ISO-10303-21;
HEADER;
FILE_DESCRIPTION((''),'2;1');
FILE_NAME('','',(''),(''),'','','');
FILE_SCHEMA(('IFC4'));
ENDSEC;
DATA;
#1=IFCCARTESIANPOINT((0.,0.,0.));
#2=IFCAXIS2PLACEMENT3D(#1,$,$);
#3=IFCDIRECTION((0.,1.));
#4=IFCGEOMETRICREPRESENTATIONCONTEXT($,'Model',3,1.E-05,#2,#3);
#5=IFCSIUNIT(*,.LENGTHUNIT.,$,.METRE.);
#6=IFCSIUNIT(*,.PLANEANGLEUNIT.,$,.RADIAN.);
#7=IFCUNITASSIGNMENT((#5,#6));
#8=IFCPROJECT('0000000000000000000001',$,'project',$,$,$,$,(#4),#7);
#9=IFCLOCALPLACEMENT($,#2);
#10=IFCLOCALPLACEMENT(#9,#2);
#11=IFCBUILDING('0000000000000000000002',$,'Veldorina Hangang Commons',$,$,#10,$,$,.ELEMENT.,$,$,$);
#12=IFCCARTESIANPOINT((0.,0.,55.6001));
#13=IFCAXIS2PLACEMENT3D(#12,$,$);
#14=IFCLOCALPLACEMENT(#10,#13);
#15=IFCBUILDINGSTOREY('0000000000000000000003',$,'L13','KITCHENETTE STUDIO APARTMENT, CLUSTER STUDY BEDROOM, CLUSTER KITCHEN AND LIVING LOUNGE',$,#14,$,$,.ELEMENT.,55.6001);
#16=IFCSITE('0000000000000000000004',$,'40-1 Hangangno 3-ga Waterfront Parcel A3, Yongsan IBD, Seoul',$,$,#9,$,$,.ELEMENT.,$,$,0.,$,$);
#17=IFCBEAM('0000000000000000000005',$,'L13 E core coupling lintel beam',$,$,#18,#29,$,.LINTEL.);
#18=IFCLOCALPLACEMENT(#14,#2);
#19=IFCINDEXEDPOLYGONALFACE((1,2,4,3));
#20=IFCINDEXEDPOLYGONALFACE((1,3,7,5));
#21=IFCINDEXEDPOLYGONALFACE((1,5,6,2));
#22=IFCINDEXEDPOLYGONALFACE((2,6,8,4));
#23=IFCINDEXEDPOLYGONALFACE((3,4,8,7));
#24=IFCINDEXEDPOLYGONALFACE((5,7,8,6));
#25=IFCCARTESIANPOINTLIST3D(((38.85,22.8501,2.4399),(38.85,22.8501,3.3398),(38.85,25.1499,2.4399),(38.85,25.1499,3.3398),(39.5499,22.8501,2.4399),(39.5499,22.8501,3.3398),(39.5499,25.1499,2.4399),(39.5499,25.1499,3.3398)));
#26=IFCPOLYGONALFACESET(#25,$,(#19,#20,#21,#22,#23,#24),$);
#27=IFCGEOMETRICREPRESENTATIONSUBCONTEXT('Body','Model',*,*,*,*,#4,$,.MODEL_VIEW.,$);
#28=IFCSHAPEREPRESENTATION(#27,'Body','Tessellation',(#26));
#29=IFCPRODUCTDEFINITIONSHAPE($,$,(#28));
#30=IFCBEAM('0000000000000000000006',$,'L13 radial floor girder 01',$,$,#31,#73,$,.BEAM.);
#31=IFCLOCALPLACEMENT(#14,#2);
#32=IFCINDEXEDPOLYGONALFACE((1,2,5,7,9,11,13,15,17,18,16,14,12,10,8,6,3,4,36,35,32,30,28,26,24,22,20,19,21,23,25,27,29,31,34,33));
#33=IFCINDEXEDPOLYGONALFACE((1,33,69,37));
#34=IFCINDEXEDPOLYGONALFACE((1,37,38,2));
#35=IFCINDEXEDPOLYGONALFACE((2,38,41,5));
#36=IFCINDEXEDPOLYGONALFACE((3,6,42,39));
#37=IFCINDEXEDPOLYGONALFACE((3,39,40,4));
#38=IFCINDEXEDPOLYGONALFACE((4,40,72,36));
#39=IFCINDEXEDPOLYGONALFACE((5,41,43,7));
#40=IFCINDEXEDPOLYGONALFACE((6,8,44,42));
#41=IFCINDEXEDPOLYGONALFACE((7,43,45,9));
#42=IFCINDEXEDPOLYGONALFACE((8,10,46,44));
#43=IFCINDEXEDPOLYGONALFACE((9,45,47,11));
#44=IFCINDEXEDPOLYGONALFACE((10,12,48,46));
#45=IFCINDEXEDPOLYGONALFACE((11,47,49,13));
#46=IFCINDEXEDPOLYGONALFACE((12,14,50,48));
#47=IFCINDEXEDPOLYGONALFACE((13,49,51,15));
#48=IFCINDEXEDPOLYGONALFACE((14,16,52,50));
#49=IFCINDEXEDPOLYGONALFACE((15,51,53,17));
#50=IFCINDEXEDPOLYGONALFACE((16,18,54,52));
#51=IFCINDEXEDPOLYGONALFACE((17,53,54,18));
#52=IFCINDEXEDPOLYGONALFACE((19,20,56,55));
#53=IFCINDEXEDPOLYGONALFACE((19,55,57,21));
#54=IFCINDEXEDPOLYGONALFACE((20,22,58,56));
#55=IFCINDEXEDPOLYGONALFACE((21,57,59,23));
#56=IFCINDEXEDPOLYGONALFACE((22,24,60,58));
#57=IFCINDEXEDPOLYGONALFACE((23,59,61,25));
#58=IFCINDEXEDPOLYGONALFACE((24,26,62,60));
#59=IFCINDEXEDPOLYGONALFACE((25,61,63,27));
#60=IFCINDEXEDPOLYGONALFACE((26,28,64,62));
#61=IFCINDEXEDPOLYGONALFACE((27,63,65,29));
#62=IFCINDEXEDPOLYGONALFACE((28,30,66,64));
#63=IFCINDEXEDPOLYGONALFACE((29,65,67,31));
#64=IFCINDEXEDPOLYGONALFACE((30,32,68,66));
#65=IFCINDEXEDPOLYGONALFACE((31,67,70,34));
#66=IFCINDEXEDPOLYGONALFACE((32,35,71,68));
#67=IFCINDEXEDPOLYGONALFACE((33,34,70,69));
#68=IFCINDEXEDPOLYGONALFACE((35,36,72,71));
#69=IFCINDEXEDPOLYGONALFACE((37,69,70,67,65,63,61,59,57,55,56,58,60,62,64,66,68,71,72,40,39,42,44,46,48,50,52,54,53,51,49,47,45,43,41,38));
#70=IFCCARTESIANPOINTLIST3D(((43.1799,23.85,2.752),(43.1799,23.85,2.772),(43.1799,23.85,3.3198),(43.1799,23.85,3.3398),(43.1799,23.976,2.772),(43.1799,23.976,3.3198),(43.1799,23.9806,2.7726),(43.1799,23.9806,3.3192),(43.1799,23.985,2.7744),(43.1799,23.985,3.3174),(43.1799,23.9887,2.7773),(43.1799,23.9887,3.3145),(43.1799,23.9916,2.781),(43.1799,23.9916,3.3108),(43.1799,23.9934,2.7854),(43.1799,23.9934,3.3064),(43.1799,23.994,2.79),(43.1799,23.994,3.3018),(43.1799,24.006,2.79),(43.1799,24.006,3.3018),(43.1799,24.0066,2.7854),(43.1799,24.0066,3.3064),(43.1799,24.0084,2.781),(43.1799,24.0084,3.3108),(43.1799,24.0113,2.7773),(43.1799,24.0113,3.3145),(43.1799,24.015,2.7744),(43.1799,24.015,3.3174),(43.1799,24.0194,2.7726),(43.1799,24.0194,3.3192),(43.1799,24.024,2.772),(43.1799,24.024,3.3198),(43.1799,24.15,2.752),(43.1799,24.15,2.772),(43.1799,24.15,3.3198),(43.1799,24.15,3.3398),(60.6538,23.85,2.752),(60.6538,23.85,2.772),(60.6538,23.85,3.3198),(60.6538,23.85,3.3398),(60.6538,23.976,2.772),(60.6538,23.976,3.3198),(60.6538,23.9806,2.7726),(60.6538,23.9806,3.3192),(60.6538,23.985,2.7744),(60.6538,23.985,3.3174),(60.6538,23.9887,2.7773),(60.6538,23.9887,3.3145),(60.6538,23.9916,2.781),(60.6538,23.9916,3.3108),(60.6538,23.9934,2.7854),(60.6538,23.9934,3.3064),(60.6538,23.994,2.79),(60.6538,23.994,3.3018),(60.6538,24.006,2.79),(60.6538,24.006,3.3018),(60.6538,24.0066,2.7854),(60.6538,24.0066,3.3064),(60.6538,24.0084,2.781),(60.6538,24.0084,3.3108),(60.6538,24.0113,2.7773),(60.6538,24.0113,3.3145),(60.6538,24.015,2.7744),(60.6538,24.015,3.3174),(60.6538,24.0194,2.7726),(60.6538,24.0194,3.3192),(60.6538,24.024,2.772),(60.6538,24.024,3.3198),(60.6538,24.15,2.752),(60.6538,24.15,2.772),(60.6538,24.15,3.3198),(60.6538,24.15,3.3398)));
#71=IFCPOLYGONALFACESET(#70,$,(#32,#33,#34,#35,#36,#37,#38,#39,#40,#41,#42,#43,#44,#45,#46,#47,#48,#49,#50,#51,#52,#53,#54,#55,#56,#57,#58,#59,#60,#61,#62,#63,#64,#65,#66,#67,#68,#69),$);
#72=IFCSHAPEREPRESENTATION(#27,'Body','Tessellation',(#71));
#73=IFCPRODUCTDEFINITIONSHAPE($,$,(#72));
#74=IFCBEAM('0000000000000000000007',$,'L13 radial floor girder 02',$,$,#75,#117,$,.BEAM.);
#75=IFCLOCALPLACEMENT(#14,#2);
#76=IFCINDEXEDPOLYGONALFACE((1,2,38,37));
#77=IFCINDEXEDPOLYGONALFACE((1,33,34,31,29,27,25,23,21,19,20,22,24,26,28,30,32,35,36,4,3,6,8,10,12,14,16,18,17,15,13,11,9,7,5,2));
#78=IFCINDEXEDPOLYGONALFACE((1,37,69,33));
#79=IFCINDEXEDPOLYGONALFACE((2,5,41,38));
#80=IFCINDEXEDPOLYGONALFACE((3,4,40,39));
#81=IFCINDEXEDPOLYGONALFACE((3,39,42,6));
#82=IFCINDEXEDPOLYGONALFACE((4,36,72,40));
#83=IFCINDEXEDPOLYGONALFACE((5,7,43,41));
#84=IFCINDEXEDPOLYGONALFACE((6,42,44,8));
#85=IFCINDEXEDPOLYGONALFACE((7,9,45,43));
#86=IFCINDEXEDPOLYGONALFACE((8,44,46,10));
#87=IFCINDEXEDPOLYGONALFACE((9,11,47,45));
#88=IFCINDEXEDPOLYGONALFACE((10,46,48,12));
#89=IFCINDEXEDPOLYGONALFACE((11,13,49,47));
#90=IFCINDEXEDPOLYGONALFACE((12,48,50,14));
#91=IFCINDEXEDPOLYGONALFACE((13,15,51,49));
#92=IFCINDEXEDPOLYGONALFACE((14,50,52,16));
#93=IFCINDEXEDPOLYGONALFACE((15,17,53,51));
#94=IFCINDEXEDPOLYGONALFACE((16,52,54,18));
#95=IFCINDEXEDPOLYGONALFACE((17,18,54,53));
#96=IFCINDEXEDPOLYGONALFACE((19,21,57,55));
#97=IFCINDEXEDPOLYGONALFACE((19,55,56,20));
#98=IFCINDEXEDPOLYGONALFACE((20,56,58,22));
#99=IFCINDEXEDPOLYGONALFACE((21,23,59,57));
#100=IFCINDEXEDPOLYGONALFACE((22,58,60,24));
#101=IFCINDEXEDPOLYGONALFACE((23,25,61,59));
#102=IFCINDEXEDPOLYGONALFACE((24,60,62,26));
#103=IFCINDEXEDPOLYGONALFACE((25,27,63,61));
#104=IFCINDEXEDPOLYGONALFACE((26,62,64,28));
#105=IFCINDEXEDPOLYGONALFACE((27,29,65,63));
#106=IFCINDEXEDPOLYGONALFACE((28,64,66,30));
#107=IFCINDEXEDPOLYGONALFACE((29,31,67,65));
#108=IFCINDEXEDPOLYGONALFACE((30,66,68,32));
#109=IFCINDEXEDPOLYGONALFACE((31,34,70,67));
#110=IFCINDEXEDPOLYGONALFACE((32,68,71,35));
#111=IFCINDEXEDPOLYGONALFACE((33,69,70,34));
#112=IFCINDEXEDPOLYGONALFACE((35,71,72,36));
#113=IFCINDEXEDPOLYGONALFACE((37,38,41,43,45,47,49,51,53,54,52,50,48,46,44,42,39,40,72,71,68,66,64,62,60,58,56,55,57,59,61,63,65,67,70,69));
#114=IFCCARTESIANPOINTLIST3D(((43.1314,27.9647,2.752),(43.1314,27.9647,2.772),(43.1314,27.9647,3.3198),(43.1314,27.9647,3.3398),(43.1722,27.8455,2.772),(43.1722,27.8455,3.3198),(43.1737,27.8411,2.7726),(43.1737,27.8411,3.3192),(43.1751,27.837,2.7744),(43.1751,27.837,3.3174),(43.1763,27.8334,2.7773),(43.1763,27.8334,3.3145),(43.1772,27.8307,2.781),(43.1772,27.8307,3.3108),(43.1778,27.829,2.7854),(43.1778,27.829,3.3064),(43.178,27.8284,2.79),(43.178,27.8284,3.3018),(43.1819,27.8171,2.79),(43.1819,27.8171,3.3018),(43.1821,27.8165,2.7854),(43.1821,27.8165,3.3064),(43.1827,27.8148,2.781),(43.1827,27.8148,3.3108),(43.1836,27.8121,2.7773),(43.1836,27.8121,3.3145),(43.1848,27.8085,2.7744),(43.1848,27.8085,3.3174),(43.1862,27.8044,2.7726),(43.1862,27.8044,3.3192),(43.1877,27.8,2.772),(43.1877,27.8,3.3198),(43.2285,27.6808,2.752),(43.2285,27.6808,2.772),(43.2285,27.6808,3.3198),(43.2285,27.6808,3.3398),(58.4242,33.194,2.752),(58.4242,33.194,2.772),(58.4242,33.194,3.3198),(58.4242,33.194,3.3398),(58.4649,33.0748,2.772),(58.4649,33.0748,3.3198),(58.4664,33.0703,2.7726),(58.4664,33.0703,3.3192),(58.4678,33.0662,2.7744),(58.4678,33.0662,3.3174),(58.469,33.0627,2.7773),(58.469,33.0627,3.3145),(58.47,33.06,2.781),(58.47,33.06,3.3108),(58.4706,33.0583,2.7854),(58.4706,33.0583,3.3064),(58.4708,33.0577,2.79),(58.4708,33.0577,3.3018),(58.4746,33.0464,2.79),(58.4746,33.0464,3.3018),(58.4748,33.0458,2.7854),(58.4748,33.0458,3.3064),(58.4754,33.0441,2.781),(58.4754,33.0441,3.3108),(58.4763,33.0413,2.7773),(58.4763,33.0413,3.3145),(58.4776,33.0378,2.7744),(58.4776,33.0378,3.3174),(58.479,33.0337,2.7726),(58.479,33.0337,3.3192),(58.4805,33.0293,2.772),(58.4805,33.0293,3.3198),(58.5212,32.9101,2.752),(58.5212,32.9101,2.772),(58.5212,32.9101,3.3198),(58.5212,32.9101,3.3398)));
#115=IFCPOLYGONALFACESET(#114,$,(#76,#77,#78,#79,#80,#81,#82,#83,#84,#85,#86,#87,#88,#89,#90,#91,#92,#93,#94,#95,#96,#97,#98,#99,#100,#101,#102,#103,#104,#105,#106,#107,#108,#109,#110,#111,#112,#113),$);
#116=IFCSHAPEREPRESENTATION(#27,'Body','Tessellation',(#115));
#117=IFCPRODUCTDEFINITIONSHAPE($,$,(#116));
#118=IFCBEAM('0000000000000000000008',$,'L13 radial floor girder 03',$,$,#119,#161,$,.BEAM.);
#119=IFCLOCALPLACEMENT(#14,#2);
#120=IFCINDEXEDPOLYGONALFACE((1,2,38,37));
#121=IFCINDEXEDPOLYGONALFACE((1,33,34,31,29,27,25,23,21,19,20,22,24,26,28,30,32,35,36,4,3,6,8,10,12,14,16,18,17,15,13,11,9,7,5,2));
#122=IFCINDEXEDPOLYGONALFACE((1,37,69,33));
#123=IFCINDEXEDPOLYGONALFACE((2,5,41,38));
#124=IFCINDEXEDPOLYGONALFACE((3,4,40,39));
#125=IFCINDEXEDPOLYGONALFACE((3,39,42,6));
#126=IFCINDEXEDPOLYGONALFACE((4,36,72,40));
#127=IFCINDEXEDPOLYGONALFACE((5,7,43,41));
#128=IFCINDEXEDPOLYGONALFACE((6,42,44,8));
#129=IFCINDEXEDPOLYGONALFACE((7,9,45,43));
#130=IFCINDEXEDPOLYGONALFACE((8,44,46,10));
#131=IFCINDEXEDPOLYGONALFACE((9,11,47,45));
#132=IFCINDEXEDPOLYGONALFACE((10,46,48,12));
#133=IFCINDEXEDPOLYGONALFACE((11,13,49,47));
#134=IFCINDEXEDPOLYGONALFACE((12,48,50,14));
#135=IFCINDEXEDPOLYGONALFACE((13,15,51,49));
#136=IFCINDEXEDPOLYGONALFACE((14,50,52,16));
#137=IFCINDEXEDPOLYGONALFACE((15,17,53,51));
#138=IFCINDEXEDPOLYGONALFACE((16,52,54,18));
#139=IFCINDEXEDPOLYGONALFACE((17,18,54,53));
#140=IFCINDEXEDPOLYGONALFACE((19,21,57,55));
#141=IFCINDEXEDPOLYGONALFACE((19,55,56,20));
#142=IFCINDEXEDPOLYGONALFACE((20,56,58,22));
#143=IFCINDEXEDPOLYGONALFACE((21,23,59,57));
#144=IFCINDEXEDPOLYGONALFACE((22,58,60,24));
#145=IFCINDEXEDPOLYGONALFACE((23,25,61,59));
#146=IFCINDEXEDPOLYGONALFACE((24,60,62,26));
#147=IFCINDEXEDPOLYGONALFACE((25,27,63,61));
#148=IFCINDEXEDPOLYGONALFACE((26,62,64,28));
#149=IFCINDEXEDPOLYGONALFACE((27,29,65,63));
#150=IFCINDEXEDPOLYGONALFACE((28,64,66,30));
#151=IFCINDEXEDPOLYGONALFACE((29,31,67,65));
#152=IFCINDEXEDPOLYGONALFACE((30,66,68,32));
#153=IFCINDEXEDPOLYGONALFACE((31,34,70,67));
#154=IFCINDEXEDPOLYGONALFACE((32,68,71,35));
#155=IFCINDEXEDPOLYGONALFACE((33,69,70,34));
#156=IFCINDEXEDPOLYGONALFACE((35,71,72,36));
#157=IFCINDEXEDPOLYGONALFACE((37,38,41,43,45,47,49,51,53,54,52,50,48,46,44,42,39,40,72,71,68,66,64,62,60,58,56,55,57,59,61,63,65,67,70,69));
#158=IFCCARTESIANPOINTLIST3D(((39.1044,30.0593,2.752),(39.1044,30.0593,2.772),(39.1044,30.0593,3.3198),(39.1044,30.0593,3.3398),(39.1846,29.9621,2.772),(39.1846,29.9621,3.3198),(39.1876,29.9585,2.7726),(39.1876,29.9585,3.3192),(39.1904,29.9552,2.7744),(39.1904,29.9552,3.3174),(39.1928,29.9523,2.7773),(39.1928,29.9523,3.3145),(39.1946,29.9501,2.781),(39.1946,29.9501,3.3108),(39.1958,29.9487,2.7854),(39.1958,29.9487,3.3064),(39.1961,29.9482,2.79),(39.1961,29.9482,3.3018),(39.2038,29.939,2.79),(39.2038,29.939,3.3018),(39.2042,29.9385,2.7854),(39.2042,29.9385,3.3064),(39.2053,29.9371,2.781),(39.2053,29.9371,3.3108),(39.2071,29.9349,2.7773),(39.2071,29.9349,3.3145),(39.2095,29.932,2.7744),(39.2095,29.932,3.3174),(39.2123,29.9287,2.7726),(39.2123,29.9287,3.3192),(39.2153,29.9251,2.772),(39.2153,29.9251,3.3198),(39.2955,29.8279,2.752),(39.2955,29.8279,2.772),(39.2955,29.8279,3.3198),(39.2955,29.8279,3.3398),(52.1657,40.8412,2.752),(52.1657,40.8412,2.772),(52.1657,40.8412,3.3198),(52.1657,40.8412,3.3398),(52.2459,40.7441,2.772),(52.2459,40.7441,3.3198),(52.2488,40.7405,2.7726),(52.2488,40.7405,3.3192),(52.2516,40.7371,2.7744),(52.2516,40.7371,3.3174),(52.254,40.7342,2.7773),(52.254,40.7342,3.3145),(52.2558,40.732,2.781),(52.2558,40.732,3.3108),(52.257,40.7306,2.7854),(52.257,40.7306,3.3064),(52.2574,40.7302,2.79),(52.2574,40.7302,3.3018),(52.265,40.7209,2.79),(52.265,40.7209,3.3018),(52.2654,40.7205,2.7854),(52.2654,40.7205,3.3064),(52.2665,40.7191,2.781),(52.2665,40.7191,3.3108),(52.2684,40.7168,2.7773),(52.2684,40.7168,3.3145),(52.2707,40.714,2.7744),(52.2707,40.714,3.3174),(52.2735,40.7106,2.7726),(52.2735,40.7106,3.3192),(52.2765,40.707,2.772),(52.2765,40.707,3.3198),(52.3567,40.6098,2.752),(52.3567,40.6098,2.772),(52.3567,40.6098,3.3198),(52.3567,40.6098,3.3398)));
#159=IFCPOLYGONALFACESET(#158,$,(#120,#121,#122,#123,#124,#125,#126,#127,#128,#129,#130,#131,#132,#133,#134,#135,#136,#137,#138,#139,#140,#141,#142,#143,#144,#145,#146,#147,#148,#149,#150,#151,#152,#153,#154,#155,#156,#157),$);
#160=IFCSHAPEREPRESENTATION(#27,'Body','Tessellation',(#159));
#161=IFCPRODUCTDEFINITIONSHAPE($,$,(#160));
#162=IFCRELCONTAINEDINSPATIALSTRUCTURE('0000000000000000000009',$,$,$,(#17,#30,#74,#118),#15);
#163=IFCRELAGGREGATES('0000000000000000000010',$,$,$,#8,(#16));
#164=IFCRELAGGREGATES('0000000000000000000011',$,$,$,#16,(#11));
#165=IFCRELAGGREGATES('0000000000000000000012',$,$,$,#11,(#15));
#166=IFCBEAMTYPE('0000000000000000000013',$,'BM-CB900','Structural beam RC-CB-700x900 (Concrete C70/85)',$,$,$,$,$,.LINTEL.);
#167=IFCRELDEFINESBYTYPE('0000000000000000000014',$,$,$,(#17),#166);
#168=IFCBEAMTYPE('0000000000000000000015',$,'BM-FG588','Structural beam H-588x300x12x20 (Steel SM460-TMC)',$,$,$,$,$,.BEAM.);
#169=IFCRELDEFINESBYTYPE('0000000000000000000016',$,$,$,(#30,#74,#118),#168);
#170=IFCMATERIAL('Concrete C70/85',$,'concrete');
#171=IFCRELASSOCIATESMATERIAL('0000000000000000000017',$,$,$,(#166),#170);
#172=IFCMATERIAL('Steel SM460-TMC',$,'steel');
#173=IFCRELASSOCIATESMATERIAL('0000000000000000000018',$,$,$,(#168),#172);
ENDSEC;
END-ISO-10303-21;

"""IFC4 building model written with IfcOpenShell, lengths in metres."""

from ifc_helpers import new_model, si_unit, direction, frame, origin, origin_2d, place, context, subcontext, project, spatial, rectangle, i_section, extrude, material, material_profile, profile_set, type_object, element, save


model = new_model("IFC4")

# Units and contexts
model_context = context("Model", 3, precision=1e-05, world=origin(), true_north=direction((0.0, 1.0)))
body_context = subcontext(model_context, "Body", "Model", "MODEL_VIEW")
ifc_project = project(units=[si_unit("LENGTHUNIT", "METRE"), si_unit("PLANEANGLEUNIT", "RADIAN")], contexts=[model_context])

# Site, building, storey
site_placement = place(None, origin())
site = spatial("IfcSite", under=ifc_project, at=site_placement, Name="40-1 Hangangno 3-ga Waterfront Parcel A3, Yongsan IBD, Seoul", CompositionType="ELEMENT", RefElevation=0.0)
building_placement = place(site_placement, origin())
building = spatial("IfcBuilding", under=site, at=building_placement, Name="Veldorina Hangang Commons", CompositionType="ELEMENT")
storey_placement = place(building_placement, frame((0.0, 0.0, 55.6001)))
storey = spatial("IfcBuildingStorey", under=building, at=storey_placement, Name="L13", Description="KITCHENETTE STUDIO APARTMENT, CLUSTER STUDY BEDROOM, CLUSTER KITCHEN AND LIVING LOUNGE", CompositionType="ELEMENT", Elevation=55.6001)

# Beams
ifc_material_1 = material(Name="Concrete C70/85", Category="concrete")
ifc_material_profile_1 = material_profile(ifc_material_1, rectangle(XDim=0.7, YDim=0.8999, at=origin_2d()), Name="RC-CB-700x900")
ifc_profile_set_1 = profile_set([ifc_material_profile_1], Name="Concrete C70/85")
beam_type_1 = type_object("IfcBeamType", Name="BM-CB900", Description="Structural beam RC-CB-700x900 (Concrete C70/85)", PredefinedType="LINTEL", material=ifc_profile_set_1)
beam_1_placement = place(storey_placement, frame((39.2, 22.8501, 2.8899), z_axis=(0.0, 1.0, 0.0), x_axis=(-1.0, 0.0, 0.0)))
element("IfcBeam", 1, at=beam_1_placement, inside=storey, type_object=beam_type_1, Name="L13 E core coupling lintel beam", PredefinedType="LINTEL", context=body_context, shape_type="SweptSolid", body=[
    extrude(rectangle(XDim=0.7, YDim=0.8999, at=origin_2d()), origin(), (0.0, 0.0, 1.0), 2.2998),
])
ifc_material_2 = material(Name="Steel SM460-TMC", Category="steel")
ifc_material_profile_2 = material_profile(ifc_material_2, i_section(OverallWidth=0.3, OverallDepth=0.5879, WebThickness=0.012, FlangeThickness=0.02, FilletRadius=0.0181, at=origin_2d()), Name="H-588x300x12x20")
ifc_profile_set_2 = profile_set([ifc_material_profile_2], Name="Steel SM460-TMC")
beam_type_2 = type_object("IfcBeamType", Name="BM-FG588", Description="Structural beam H-588x300x12x20 (Steel SM460-TMC)", PredefinedType="BEAM", material=ifc_profile_set_2)
beam_2_placement = place(storey_placement, frame((43.1799, 24.0, 3.0459), z_axis=(1.0, 0.0, 0.0), x_axis=(0.0, 1.0, 0.0)))
element("IfcBeam", 2, at=beam_2_placement, inside=storey, type_object=beam_type_2, Name="L13 radial floor girder 01", PredefinedType="BEAM", context=body_context, shape_type="SweptSolid", body=[
    extrude(i_section(OverallWidth=0.3, OverallDepth=0.5879, WebThickness=0.012, FlangeThickness=0.02, FilletRadius=0.0181, at=origin_2d()), origin(), (0.0, 0.0, 1.0), 17.4739),
])
beam_3_placement = place(storey_placement, frame((43.1799, 27.8228, 3.0459), z_axis=(0.946211, 0.323551, 0.0), x_axis=(-0.323551, 0.946211, 0.0)))
element("IfcBeam", 3, at=beam_3_placement, inside=storey, type_object=beam_type_2, Name="L13 radial floor girder 02", PredefinedType="BEAM", context=body_context, shape_type="SweptSolid", body=[
    extrude(i_section(OverallWidth=0.3, OverallDepth=0.5879, WebThickness=0.012, FlangeThickness=0.02, FilletRadius=0.0181, at=origin_2d()), origin(), (0.0, 0.0, 1.0), 16.1621),
])
beam_4_placement = place(storey_placement, frame((39.2, 29.9436, 3.0459), z_axis=(0.771187, 0.636609, 0.0), x_axis=(-0.636609, 0.771187, 0.0)))
element("IfcBeam", 4, at=beam_4_placement, inside=storey, type_object=beam_type_2, Name="L13 radial floor girder 03", PredefinedType="BEAM", context=body_context, shape_type="SweptSolid", body=[
    extrude(i_section(OverallWidth=0.3, OverallDepth=0.5879, WebThickness=0.012, FlangeThickness=0.02, FilletRadius=0.0181, at=origin_2d()), origin(), (0.0, 0.0, 1.0), 16.9365),
])

save(model, "model.ifc")
